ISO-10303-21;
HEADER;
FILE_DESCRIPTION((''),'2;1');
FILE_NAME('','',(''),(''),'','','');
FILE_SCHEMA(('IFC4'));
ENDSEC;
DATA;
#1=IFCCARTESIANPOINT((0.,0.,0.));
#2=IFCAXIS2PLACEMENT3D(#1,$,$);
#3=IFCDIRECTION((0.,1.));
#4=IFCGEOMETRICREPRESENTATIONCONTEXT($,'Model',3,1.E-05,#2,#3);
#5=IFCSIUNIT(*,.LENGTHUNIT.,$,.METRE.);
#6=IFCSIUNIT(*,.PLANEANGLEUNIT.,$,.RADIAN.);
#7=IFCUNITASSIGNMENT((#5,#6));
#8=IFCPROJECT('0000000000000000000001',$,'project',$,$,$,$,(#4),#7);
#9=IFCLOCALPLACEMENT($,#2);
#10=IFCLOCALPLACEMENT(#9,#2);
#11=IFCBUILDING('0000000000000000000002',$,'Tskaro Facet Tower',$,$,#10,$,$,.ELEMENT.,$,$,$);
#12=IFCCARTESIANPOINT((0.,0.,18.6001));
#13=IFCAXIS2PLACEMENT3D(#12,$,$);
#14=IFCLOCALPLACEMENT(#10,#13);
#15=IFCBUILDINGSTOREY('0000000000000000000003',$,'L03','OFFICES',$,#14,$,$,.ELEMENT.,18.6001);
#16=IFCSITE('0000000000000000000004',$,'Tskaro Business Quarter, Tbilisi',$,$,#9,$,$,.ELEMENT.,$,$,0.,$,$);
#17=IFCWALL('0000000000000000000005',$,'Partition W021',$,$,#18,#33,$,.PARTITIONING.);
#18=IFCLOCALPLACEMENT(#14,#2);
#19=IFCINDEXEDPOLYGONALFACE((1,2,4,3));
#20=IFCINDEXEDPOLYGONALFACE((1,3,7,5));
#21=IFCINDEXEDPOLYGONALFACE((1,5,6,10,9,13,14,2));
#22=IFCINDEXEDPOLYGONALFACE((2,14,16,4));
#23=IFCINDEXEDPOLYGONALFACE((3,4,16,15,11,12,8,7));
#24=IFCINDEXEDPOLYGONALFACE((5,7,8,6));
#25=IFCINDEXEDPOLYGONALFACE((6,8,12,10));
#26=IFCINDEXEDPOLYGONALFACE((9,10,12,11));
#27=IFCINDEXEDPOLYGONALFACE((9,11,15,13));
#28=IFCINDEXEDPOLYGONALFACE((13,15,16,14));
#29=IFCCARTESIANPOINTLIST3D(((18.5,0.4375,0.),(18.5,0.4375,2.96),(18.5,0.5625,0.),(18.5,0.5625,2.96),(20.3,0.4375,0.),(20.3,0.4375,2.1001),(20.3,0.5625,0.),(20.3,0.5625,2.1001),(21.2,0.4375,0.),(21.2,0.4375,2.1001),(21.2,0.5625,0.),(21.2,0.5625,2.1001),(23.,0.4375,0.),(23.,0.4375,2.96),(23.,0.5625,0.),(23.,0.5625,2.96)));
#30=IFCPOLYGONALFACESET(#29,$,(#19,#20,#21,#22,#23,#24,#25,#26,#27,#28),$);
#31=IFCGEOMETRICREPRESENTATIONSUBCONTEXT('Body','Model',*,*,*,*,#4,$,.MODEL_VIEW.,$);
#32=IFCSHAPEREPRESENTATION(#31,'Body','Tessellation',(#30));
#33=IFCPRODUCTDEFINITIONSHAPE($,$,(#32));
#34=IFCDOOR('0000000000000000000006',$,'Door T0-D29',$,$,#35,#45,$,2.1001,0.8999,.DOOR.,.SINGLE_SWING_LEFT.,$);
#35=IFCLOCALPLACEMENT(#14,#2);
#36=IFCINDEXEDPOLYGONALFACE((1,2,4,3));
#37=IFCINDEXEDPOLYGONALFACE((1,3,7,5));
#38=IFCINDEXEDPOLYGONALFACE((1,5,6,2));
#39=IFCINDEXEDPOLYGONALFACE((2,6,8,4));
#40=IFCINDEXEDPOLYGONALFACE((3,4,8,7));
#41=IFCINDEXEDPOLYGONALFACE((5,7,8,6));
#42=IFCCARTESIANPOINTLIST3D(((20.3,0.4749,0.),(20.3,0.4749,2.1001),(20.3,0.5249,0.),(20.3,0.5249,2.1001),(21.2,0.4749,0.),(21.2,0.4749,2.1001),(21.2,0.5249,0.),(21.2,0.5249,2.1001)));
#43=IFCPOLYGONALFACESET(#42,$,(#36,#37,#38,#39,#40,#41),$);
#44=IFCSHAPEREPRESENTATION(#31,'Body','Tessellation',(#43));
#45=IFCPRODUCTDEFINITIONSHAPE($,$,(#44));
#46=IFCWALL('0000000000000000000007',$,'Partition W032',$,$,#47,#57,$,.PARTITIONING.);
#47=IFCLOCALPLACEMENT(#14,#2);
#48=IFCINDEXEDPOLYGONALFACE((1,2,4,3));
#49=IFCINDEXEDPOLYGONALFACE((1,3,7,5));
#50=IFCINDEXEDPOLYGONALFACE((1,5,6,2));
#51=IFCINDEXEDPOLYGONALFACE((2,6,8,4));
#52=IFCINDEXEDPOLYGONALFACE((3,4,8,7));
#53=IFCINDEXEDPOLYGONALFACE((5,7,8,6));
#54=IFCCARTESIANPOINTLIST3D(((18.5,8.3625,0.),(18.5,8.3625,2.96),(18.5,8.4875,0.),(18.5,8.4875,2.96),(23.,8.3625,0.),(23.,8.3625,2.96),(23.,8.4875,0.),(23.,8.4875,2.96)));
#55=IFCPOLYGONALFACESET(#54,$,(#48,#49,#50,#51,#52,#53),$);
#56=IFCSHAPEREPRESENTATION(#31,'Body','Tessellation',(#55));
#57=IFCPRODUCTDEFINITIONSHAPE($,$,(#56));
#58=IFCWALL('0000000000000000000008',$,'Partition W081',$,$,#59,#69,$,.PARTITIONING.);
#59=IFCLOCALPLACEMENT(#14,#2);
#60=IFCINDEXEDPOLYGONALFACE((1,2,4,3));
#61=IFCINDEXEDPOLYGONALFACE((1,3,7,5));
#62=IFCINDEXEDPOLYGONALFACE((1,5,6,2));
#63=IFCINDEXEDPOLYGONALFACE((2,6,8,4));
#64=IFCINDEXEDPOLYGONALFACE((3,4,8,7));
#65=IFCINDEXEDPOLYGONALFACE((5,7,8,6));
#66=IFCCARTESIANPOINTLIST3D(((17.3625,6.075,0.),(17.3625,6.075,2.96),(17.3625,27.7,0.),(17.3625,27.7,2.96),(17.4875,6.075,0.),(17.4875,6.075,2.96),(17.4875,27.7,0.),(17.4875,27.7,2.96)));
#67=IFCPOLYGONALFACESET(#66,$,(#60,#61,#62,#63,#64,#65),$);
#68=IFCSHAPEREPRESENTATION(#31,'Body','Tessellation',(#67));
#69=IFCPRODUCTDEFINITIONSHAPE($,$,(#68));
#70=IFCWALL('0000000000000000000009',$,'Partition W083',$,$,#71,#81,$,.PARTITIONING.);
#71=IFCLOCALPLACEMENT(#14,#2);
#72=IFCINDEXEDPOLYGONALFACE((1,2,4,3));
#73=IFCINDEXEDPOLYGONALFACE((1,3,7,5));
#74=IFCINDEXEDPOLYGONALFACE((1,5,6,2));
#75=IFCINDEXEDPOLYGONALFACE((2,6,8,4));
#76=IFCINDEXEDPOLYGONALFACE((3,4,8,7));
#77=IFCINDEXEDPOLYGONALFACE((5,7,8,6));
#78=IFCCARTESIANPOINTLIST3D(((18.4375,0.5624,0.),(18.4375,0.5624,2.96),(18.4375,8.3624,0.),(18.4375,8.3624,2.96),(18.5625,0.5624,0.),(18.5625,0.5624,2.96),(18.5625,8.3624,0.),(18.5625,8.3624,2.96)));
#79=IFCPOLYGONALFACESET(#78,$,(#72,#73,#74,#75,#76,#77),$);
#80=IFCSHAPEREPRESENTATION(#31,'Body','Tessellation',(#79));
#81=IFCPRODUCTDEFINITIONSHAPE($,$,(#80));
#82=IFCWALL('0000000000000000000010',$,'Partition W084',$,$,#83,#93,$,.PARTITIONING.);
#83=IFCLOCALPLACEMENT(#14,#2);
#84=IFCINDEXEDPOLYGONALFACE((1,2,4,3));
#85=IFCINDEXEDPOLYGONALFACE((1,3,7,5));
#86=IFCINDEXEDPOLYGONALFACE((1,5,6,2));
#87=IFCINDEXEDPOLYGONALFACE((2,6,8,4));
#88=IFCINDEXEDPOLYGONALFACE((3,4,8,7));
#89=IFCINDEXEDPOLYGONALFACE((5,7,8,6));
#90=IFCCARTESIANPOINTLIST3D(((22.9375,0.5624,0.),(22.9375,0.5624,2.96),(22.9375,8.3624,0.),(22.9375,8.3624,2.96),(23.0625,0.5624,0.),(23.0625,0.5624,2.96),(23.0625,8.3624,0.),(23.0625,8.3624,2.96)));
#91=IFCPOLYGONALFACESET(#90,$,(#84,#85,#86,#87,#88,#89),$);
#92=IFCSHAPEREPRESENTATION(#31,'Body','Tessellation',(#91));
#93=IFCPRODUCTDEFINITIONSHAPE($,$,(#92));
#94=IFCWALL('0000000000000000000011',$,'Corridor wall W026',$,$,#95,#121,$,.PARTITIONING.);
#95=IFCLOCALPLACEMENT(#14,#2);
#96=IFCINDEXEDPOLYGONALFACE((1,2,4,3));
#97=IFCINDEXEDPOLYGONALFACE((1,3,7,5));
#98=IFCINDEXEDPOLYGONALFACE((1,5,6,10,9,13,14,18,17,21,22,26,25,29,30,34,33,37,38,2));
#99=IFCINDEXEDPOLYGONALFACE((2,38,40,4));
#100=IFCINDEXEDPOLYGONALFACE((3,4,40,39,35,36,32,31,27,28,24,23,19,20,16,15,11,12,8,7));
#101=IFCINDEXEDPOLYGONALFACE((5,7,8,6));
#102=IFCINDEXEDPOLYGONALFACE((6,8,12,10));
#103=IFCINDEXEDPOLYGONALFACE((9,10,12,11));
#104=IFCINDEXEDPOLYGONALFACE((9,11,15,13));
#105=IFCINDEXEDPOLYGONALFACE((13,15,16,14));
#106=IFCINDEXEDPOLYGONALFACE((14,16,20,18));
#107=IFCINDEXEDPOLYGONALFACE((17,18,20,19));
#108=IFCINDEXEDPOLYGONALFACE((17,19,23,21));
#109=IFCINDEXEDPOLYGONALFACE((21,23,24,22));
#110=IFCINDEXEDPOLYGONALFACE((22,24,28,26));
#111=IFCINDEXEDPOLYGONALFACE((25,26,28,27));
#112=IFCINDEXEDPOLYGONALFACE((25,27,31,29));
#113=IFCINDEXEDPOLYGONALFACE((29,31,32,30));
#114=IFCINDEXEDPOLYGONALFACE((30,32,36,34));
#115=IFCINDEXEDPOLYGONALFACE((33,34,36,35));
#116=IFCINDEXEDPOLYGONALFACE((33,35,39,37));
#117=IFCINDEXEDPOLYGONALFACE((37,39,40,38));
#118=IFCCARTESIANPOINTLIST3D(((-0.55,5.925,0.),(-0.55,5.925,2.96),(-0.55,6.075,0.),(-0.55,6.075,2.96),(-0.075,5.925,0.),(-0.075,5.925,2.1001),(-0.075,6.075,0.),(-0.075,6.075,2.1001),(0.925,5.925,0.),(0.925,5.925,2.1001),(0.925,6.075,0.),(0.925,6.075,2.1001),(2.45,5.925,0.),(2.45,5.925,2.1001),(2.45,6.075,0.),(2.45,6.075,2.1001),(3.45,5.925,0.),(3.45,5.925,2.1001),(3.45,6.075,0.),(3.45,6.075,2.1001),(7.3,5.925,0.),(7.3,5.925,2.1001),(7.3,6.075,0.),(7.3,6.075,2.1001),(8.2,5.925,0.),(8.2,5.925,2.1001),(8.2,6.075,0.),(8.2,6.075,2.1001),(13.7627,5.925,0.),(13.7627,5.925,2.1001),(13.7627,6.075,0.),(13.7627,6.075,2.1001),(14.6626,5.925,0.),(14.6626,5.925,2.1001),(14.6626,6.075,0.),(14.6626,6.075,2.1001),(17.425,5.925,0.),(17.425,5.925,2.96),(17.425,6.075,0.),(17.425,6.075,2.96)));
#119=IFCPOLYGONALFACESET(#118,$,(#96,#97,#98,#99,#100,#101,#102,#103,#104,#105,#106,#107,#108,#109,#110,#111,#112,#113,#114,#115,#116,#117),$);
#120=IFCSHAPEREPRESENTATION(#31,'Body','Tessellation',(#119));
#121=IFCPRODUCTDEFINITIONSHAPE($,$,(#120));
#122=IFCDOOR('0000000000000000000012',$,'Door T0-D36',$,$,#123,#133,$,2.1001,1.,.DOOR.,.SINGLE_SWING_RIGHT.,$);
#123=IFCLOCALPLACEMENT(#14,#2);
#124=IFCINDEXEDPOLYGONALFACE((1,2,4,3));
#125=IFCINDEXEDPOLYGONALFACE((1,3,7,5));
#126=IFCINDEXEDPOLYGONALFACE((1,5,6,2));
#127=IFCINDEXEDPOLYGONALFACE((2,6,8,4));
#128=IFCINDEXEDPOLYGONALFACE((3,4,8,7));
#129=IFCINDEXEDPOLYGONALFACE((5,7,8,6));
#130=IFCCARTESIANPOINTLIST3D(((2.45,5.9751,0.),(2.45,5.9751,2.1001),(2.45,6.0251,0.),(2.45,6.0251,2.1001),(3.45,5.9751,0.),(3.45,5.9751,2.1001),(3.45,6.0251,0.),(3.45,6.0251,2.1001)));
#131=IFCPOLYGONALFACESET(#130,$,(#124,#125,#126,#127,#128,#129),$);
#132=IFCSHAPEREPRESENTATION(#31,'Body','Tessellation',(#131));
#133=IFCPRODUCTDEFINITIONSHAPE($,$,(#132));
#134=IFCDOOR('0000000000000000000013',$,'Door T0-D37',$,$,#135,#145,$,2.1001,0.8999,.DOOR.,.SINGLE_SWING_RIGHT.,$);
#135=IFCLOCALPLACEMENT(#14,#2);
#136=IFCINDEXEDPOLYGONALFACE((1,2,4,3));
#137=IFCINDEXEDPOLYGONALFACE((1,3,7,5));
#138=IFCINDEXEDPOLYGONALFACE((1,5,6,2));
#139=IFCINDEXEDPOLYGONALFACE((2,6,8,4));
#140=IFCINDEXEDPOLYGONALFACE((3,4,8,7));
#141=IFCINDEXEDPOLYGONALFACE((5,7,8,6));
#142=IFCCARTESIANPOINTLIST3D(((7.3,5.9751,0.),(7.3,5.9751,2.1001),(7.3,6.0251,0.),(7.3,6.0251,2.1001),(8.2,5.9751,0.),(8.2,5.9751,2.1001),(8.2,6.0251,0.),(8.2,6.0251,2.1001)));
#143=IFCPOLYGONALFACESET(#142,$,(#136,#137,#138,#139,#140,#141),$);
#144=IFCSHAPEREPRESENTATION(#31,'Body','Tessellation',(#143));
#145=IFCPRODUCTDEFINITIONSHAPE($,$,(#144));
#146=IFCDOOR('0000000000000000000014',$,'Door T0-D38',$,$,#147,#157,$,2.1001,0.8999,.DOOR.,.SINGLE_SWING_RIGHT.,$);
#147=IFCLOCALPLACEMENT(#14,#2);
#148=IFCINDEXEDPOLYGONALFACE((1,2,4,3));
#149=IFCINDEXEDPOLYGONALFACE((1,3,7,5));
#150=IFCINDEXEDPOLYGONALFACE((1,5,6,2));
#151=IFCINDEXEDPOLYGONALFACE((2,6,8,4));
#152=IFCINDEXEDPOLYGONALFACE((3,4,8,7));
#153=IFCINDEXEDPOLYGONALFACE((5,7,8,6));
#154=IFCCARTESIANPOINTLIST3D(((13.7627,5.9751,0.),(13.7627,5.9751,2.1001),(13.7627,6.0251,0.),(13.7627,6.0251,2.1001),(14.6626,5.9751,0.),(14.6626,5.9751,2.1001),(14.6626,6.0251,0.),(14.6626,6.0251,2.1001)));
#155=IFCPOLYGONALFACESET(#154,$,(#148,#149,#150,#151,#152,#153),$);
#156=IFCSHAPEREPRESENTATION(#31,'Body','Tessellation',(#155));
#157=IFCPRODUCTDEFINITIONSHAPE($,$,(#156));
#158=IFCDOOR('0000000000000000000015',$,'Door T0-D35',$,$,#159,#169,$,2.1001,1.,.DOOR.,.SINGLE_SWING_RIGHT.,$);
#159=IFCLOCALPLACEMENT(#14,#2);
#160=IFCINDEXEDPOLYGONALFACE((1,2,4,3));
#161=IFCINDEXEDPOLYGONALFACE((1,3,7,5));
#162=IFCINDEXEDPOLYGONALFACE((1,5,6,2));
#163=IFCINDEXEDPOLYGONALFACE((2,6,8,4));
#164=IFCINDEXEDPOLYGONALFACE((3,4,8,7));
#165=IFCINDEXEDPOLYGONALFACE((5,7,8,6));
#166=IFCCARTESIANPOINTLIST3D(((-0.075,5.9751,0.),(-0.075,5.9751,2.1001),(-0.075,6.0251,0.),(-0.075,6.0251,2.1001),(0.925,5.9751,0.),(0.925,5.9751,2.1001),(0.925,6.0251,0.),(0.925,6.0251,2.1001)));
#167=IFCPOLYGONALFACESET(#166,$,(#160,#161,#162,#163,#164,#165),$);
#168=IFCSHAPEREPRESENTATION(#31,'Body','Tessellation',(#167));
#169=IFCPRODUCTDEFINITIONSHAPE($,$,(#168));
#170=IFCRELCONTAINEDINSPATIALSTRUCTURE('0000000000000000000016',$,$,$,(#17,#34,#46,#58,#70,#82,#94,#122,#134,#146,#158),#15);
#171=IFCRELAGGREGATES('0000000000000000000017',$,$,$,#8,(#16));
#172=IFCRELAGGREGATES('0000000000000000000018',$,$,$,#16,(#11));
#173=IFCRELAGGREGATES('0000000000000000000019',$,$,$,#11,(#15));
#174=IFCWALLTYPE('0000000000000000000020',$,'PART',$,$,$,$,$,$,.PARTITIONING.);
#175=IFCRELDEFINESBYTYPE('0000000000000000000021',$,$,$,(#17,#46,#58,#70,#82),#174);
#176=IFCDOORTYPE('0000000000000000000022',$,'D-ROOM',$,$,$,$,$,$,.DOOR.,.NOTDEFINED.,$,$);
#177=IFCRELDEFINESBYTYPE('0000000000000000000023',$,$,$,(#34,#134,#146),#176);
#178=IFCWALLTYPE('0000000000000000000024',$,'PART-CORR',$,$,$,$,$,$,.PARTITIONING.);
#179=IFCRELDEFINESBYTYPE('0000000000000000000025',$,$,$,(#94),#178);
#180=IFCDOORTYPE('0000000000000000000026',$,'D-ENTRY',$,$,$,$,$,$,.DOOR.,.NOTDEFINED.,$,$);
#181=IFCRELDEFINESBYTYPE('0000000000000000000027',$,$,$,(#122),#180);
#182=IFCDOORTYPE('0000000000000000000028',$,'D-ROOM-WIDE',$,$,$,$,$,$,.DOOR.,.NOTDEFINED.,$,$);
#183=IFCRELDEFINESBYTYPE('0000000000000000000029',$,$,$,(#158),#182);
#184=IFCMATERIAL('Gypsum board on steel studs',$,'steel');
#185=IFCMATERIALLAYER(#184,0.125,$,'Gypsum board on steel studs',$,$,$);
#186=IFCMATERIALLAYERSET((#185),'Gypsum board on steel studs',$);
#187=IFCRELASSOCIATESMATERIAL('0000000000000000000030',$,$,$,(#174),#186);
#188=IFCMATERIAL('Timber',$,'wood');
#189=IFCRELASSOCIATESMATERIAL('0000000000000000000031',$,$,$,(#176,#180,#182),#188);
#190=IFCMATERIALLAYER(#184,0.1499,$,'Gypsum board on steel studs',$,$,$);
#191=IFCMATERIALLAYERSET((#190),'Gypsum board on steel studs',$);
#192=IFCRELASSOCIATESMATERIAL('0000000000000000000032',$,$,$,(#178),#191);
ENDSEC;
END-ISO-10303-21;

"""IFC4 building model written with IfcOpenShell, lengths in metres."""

from ifc_helpers import new_model, si_unit, direction, frame, frame_2d, origin, place, context, subcontext, project, spatial, rectangle, extrude, material, layer, layer_set, type_object, element, fill, save


model = new_model("IFC4")

# Units and contexts
model_context = context("Model", 3, precision=1e-05, world=origin(), true_north=direction((0.0, 1.0)))
body_context = subcontext(model_context, "Body", "Model", "MODEL_VIEW")
ifc_project = project(units=[si_unit("LENGTHUNIT", "METRE"), si_unit("PLANEANGLEUNIT", "RADIAN")], contexts=[model_context])

# Site, building, storey
site_placement = place(None, origin())
site = spatial("IfcSite", under=ifc_project, at=site_placement, Name="Tskaro Business Quarter, Tbilisi", CompositionType="ELEMENT", RefElevation=0.0)
building_placement = place(site_placement, origin())
building = spatial("IfcBuilding", under=site, at=building_placement, Name="Tskaro Facet Tower", CompositionType="ELEMENT")
storey_placement = place(building_placement, frame((0.0, 0.0, 18.6001)))
storey = spatial("IfcBuildingStorey", under=building, at=storey_placement, Name="L03", Description="OFFICES", CompositionType="ELEMENT", Elevation=18.6001)

# Shared definitions
ifc_material_1 = material(Name="Gypsum board on steel studs", Category="steel")
ifc_layer_1 = layer(ifc_material_1, 0.125, Name="Gypsum board on steel studs")
ifc_layer_set_1 = layer_set([ifc_layer_1], Name="Gypsum board on steel studs")
wall_type_1 = type_object("IfcWallType", Name="PART", PredefinedType="PARTITIONING", material=ifc_layer_set_1)

# Wall, opening, door
wall_1_placement = place(storey_placement, frame((18.5, 0.5, 0.0), z_axis=(0.0, 0.0, 1.0), x_axis=(1.0, 0.0, 0.0)))
wall_1 = element("IfcWall", 1, at=wall_1_placement, inside=storey, type_object=wall_type_1, Name="Partition W021", PredefinedType="PARTITIONING", context=body_context, shape_type="SweptSolid", body=[
    extrude(rectangle(XDim=4.5, YDim=0.125, at=frame_2d((2.25, 0.0))), origin(), (0.0, 0.0, 1.0), 2.96),
])
opening_1_placement = place(wall_1_placement, frame((1.8, 0.0, 0.0)))
opening_1 = element("IfcOpeningElement", 2, at=opening_1_placement, cuts=wall_1, PredefinedType="OPENING", context=body_context, shape_type="SweptSolid", body=[
    extrude(rectangle(XDim=0.8999, YDim=2.1001, at=frame_2d((0.45, 1.05))), frame((0.0, 0.0725, 0.0), z_axis=(0.0, -1.0, 0.0), x_axis=(1.0, 0.0, 0.0)), (0.0, 0.0, 1.0), 0.145),
])
ifc_material_2 = material(Name="Timber", Category="wood")
door_type_1 = type_object("IfcDoorType", Name="D-ROOM", OperationType="NOTDEFINED", PredefinedType="DOOR", material=ifc_material_2)
door_1_placement = place(opening_1_placement, origin())
door_1 = element("IfcDoor", 3, at=door_1_placement, inside=storey, type_object=door_type_1, Name="Door T0-D29", OperationType="SINGLE_SWING_LEFT", OverallHeight=2.1001, OverallWidth=0.8999, PredefinedType="DOOR", context=body_context, shape_type="SweptSolid", body=[
    extrude(rectangle(XDim=0.8999, YDim=2.1001, at=frame_2d((0.45, 1.05))), frame((0.0, 0.0249, 0.0), z_axis=(0.0, -1.0, 0.0), x_axis=(1.0, 0.0, 0.0)), (0.0, 0.0, 1.0), 0.05),
])
fill(opening_1, door_1)

# Walls
wall_2_placement = place(storey_placement, frame((18.5, 8.425, 0.0), z_axis=(0.0, 0.0, 1.0), x_axis=(1.0, 0.0, 0.0)))
element("IfcWall", 4, at=wall_2_placement, inside=storey, type_object=wall_type_1, Name="Partition W032", PredefinedType="PARTITIONING", context=body_context, shape_type="SweptSolid", body=[
    extrude(rectangle(XDim=4.5, YDim=0.125, at=frame_2d((2.25, 0.0))), origin(), (0.0, 0.0, 1.0), 2.96),
])
wall_3_placement = place(storey_placement, frame((17.425, 6.075, 0.0), z_axis=(0.0, 0.0, 1.0), x_axis=(0.0, 1.0, 0.0)))
element("IfcWall", 5, at=wall_3_placement, inside=storey, type_object=wall_type_1, Name="Partition W081", PredefinedType="PARTITIONING", context=body_context, shape_type="SweptSolid", body=[
    extrude(rectangle(XDim=21.625, YDim=0.125, at=frame_2d((10.8125, 0.0))), origin(), (0.0, 0.0, 1.0), 2.96),
])
for number, where, z_axis, x_axis, name in (
    (6, (18.5, 0.5625, 0.0), (0.0, 0.0, 1.0), (0.0, 1.0, 0.0), "Partition W083"),
    (7, (23.0, 0.5625, 0.0), (0.0, 0.0, 1.0), (0.0, 1.0, 0.0), "Partition W084"),
):
    element("IfcWall", number, at=place(storey_placement, frame(where, z_axis=z_axis, x_axis=x_axis)), inside=storey, type_object=wall_type_1, Name=name, PredefinedType="PARTITIONING", context=body_context, shape_type="SweptSolid", body=[
        extrude(rectangle(XDim=7.8, YDim=0.125, at=frame_2d((3.8999, 0.0))), origin(), (0.0, 0.0, 1.0), 2.96),
    ])

# Wall, openings, doors
ifc_layer_2 = layer(ifc_material_1, 0.1499, Name="Gypsum board on steel studs")
ifc_layer_set_2 = layer_set([ifc_layer_2], Name="Gypsum board on steel studs")
wall_type_2 = type_object("IfcWallType", Name="PART-CORR", PredefinedType="PARTITIONING", material=ifc_layer_set_2)
wall_4_placement = place(storey_placement, frame((17.425, 6.0, 0.0), z_axis=(0.0, 0.0, 1.0), x_axis=(-1.0, 0.0, 0.0)))
wall_4 = element("IfcWall", 8, at=wall_4_placement, inside=storey, type_object=wall_type_2, Name="Corridor wall W026", PredefinedType="PARTITIONING", context=body_context, shape_type="SweptSolid", body=[
    extrude(rectangle(XDim=17.9751, YDim=0.1499, at=frame_2d((8.9875, 0.0))), origin(), (0.0, 0.0, 1.0), 2.96),
])
opening_2_placement = place(wall_4_placement, frame((13.9751, 0.0, 0.0)))
opening_2 = element("IfcOpeningElement", 9, at=opening_2_placement, cuts=wall_4, PredefinedType="OPENING", context=body_context, shape_type="SweptSolid", body=[
    extrude(rectangle(XDim=1.0, YDim=2.1001, at=frame_2d((0.5, 1.05))), frame((0.0, 0.085, 0.0), z_axis=(0.0, -1.0, 0.0), x_axis=(1.0, 0.0, 0.0)), (0.0, 0.0, 1.0), 0.1699),
])
opening_3_placement = place(wall_4_placement, frame((16.5, 0.0, 0.0)))
opening_3 = element("IfcOpeningElement", 10, at=opening_3_placement, cuts=wall_4, PredefinedType="OPENING", context=body_context, shape_type="SweptSolid", body=[
    extrude(rectangle(XDim=1.0, YDim=2.1001, at=frame_2d((0.5, 1.05))), frame((0.0, 0.085, 0.0), z_axis=(0.0, -1.0, 0.0), x_axis=(1.0, 0.0, 0.0)), (0.0, 0.0, 1.0), 0.1699),
])
opening_4_placement = place(wall_4_placement, frame((9.2251, 0.0, 0.0)))
opening_4 = element("IfcOpeningElement", 11, at=opening_4_placement, cuts=wall_4, PredefinedType="OPENING", context=body_context, shape_type="SweptSolid", body=[
    extrude(rectangle(XDim=0.8999, YDim=2.1001, at=frame_2d((0.45, 1.05))), frame((0.0, 0.085, 0.0), z_axis=(0.0, -1.0, 0.0), x_axis=(1.0, 0.0, 0.0)), (0.0, 0.0, 1.0), 0.1699),
])
opening_5_placement = place(wall_4_placement, frame((2.7625, 0.0, 0.0)))
opening_5 = element("IfcOpeningElement", 12, at=opening_5_placement, cuts=wall_4, PredefinedType="OPENING", context=body_context, shape_type="SweptSolid", body=[
    extrude(rectangle(XDim=0.8999, YDim=2.1001, at=frame_2d((0.45, 1.05))), frame((0.0, 0.085, 0.0), z_axis=(0.0, -1.0, 0.0), x_axis=(1.0, 0.0, 0.0)), (0.0, 0.0, 1.0), 0.1699),
])
door_type_2 = type_object("IfcDoorType", Name="D-ENTRY", OperationType="NOTDEFINED", PredefinedType="DOOR", material=ifc_material_2)
door_2_placement = place(opening_2_placement, origin())
door_2 = element("IfcDoor", 13, at=door_2_placement, inside=storey, type_object=door_type_2, Name="Door T0-D36", OperationType="SINGLE_SWING_RIGHT", OverallHeight=2.1001, OverallWidth=1.0, PredefinedType="DOOR", context=body_context, shape_type="SweptSolid", body=[
    extrude(rectangle(XDim=1.0, YDim=2.1001, at=frame_2d((0.5, 1.05))), frame((0.0, 0.0249, 0.0), z_axis=(0.0, -1.0, 0.0), x_axis=(1.0, 0.0, 0.0)), (0.0, 0.0, 1.0), 0.05),
])
fill(opening_2, door_2)
door_3_placement = place(opening_4_placement, origin())
door_3 = element("IfcDoor", 14, at=door_3_placement, inside=storey, type_object=door_type_1, Name="Door T0-D37", OperationType="SINGLE_SWING_RIGHT", OverallHeight=2.1001, OverallWidth=0.8999, PredefinedType="DOOR", context=body_context, shape_type="SweptSolid", body=[
    extrude(rectangle(XDim=0.8999, YDim=2.1001, at=frame_2d((0.45, 1.05))), frame((0.0, 0.0249, 0.0), z_axis=(0.0, -1.0, 0.0), x_axis=(1.0, 0.0, 0.0)), (0.0, 0.0, 1.0), 0.05),
])
fill(opening_4, door_3)
door_4_placement = place(opening_5_placement, origin())
door_4 = element("IfcDoor", 15, at=door_4_placement, inside=storey, type_object=door_type_1, Name="Door T0-D38", OperationType="SINGLE_SWING_RIGHT", OverallHeight=2.1001, OverallWidth=0.8999, PredefinedType="DOOR", context=body_context, shape_type="SweptSolid", body=[
    extrude(rectangle(XDim=0.8999, YDim=2.1001, at=frame_2d((0.45, 1.05))), frame((0.0, 0.0249, 0.0), z_axis=(0.0, -1.0, 0.0), x_axis=(1.0, 0.0, 0.0)), (0.0, 0.0, 1.0), 0.05),
])
fill(opening_5, door_4)
door_type_3 = type_object("IfcDoorType", Name="D-ROOM-WIDE", OperationType="NOTDEFINED", PredefinedType="DOOR", material=ifc_material_2)
door_5_placement = place(opening_3_placement, origin())
door_5 = element("IfcDoor", 16, at=door_5_placement, inside=storey, type_object=door_type_3, Name="Door T0-D35", OperationType="SINGLE_SWING_RIGHT", OverallHeight=2.1001, OverallWidth=1.0, PredefinedType="DOOR", context=body_context, shape_type="SweptSolid", body=[
    extrude(rectangle(XDim=1.0, YDim=2.1001, at=frame_2d((0.5, 1.05))), frame((0.0, 0.0249, 0.0), z_axis=(0.0, -1.0, 0.0), x_axis=(1.0, 0.0, 0.0)), (0.0, 0.0, 1.0), 0.05),
])
fill(opening_3, door_5)

save(model, "model.ifc")
